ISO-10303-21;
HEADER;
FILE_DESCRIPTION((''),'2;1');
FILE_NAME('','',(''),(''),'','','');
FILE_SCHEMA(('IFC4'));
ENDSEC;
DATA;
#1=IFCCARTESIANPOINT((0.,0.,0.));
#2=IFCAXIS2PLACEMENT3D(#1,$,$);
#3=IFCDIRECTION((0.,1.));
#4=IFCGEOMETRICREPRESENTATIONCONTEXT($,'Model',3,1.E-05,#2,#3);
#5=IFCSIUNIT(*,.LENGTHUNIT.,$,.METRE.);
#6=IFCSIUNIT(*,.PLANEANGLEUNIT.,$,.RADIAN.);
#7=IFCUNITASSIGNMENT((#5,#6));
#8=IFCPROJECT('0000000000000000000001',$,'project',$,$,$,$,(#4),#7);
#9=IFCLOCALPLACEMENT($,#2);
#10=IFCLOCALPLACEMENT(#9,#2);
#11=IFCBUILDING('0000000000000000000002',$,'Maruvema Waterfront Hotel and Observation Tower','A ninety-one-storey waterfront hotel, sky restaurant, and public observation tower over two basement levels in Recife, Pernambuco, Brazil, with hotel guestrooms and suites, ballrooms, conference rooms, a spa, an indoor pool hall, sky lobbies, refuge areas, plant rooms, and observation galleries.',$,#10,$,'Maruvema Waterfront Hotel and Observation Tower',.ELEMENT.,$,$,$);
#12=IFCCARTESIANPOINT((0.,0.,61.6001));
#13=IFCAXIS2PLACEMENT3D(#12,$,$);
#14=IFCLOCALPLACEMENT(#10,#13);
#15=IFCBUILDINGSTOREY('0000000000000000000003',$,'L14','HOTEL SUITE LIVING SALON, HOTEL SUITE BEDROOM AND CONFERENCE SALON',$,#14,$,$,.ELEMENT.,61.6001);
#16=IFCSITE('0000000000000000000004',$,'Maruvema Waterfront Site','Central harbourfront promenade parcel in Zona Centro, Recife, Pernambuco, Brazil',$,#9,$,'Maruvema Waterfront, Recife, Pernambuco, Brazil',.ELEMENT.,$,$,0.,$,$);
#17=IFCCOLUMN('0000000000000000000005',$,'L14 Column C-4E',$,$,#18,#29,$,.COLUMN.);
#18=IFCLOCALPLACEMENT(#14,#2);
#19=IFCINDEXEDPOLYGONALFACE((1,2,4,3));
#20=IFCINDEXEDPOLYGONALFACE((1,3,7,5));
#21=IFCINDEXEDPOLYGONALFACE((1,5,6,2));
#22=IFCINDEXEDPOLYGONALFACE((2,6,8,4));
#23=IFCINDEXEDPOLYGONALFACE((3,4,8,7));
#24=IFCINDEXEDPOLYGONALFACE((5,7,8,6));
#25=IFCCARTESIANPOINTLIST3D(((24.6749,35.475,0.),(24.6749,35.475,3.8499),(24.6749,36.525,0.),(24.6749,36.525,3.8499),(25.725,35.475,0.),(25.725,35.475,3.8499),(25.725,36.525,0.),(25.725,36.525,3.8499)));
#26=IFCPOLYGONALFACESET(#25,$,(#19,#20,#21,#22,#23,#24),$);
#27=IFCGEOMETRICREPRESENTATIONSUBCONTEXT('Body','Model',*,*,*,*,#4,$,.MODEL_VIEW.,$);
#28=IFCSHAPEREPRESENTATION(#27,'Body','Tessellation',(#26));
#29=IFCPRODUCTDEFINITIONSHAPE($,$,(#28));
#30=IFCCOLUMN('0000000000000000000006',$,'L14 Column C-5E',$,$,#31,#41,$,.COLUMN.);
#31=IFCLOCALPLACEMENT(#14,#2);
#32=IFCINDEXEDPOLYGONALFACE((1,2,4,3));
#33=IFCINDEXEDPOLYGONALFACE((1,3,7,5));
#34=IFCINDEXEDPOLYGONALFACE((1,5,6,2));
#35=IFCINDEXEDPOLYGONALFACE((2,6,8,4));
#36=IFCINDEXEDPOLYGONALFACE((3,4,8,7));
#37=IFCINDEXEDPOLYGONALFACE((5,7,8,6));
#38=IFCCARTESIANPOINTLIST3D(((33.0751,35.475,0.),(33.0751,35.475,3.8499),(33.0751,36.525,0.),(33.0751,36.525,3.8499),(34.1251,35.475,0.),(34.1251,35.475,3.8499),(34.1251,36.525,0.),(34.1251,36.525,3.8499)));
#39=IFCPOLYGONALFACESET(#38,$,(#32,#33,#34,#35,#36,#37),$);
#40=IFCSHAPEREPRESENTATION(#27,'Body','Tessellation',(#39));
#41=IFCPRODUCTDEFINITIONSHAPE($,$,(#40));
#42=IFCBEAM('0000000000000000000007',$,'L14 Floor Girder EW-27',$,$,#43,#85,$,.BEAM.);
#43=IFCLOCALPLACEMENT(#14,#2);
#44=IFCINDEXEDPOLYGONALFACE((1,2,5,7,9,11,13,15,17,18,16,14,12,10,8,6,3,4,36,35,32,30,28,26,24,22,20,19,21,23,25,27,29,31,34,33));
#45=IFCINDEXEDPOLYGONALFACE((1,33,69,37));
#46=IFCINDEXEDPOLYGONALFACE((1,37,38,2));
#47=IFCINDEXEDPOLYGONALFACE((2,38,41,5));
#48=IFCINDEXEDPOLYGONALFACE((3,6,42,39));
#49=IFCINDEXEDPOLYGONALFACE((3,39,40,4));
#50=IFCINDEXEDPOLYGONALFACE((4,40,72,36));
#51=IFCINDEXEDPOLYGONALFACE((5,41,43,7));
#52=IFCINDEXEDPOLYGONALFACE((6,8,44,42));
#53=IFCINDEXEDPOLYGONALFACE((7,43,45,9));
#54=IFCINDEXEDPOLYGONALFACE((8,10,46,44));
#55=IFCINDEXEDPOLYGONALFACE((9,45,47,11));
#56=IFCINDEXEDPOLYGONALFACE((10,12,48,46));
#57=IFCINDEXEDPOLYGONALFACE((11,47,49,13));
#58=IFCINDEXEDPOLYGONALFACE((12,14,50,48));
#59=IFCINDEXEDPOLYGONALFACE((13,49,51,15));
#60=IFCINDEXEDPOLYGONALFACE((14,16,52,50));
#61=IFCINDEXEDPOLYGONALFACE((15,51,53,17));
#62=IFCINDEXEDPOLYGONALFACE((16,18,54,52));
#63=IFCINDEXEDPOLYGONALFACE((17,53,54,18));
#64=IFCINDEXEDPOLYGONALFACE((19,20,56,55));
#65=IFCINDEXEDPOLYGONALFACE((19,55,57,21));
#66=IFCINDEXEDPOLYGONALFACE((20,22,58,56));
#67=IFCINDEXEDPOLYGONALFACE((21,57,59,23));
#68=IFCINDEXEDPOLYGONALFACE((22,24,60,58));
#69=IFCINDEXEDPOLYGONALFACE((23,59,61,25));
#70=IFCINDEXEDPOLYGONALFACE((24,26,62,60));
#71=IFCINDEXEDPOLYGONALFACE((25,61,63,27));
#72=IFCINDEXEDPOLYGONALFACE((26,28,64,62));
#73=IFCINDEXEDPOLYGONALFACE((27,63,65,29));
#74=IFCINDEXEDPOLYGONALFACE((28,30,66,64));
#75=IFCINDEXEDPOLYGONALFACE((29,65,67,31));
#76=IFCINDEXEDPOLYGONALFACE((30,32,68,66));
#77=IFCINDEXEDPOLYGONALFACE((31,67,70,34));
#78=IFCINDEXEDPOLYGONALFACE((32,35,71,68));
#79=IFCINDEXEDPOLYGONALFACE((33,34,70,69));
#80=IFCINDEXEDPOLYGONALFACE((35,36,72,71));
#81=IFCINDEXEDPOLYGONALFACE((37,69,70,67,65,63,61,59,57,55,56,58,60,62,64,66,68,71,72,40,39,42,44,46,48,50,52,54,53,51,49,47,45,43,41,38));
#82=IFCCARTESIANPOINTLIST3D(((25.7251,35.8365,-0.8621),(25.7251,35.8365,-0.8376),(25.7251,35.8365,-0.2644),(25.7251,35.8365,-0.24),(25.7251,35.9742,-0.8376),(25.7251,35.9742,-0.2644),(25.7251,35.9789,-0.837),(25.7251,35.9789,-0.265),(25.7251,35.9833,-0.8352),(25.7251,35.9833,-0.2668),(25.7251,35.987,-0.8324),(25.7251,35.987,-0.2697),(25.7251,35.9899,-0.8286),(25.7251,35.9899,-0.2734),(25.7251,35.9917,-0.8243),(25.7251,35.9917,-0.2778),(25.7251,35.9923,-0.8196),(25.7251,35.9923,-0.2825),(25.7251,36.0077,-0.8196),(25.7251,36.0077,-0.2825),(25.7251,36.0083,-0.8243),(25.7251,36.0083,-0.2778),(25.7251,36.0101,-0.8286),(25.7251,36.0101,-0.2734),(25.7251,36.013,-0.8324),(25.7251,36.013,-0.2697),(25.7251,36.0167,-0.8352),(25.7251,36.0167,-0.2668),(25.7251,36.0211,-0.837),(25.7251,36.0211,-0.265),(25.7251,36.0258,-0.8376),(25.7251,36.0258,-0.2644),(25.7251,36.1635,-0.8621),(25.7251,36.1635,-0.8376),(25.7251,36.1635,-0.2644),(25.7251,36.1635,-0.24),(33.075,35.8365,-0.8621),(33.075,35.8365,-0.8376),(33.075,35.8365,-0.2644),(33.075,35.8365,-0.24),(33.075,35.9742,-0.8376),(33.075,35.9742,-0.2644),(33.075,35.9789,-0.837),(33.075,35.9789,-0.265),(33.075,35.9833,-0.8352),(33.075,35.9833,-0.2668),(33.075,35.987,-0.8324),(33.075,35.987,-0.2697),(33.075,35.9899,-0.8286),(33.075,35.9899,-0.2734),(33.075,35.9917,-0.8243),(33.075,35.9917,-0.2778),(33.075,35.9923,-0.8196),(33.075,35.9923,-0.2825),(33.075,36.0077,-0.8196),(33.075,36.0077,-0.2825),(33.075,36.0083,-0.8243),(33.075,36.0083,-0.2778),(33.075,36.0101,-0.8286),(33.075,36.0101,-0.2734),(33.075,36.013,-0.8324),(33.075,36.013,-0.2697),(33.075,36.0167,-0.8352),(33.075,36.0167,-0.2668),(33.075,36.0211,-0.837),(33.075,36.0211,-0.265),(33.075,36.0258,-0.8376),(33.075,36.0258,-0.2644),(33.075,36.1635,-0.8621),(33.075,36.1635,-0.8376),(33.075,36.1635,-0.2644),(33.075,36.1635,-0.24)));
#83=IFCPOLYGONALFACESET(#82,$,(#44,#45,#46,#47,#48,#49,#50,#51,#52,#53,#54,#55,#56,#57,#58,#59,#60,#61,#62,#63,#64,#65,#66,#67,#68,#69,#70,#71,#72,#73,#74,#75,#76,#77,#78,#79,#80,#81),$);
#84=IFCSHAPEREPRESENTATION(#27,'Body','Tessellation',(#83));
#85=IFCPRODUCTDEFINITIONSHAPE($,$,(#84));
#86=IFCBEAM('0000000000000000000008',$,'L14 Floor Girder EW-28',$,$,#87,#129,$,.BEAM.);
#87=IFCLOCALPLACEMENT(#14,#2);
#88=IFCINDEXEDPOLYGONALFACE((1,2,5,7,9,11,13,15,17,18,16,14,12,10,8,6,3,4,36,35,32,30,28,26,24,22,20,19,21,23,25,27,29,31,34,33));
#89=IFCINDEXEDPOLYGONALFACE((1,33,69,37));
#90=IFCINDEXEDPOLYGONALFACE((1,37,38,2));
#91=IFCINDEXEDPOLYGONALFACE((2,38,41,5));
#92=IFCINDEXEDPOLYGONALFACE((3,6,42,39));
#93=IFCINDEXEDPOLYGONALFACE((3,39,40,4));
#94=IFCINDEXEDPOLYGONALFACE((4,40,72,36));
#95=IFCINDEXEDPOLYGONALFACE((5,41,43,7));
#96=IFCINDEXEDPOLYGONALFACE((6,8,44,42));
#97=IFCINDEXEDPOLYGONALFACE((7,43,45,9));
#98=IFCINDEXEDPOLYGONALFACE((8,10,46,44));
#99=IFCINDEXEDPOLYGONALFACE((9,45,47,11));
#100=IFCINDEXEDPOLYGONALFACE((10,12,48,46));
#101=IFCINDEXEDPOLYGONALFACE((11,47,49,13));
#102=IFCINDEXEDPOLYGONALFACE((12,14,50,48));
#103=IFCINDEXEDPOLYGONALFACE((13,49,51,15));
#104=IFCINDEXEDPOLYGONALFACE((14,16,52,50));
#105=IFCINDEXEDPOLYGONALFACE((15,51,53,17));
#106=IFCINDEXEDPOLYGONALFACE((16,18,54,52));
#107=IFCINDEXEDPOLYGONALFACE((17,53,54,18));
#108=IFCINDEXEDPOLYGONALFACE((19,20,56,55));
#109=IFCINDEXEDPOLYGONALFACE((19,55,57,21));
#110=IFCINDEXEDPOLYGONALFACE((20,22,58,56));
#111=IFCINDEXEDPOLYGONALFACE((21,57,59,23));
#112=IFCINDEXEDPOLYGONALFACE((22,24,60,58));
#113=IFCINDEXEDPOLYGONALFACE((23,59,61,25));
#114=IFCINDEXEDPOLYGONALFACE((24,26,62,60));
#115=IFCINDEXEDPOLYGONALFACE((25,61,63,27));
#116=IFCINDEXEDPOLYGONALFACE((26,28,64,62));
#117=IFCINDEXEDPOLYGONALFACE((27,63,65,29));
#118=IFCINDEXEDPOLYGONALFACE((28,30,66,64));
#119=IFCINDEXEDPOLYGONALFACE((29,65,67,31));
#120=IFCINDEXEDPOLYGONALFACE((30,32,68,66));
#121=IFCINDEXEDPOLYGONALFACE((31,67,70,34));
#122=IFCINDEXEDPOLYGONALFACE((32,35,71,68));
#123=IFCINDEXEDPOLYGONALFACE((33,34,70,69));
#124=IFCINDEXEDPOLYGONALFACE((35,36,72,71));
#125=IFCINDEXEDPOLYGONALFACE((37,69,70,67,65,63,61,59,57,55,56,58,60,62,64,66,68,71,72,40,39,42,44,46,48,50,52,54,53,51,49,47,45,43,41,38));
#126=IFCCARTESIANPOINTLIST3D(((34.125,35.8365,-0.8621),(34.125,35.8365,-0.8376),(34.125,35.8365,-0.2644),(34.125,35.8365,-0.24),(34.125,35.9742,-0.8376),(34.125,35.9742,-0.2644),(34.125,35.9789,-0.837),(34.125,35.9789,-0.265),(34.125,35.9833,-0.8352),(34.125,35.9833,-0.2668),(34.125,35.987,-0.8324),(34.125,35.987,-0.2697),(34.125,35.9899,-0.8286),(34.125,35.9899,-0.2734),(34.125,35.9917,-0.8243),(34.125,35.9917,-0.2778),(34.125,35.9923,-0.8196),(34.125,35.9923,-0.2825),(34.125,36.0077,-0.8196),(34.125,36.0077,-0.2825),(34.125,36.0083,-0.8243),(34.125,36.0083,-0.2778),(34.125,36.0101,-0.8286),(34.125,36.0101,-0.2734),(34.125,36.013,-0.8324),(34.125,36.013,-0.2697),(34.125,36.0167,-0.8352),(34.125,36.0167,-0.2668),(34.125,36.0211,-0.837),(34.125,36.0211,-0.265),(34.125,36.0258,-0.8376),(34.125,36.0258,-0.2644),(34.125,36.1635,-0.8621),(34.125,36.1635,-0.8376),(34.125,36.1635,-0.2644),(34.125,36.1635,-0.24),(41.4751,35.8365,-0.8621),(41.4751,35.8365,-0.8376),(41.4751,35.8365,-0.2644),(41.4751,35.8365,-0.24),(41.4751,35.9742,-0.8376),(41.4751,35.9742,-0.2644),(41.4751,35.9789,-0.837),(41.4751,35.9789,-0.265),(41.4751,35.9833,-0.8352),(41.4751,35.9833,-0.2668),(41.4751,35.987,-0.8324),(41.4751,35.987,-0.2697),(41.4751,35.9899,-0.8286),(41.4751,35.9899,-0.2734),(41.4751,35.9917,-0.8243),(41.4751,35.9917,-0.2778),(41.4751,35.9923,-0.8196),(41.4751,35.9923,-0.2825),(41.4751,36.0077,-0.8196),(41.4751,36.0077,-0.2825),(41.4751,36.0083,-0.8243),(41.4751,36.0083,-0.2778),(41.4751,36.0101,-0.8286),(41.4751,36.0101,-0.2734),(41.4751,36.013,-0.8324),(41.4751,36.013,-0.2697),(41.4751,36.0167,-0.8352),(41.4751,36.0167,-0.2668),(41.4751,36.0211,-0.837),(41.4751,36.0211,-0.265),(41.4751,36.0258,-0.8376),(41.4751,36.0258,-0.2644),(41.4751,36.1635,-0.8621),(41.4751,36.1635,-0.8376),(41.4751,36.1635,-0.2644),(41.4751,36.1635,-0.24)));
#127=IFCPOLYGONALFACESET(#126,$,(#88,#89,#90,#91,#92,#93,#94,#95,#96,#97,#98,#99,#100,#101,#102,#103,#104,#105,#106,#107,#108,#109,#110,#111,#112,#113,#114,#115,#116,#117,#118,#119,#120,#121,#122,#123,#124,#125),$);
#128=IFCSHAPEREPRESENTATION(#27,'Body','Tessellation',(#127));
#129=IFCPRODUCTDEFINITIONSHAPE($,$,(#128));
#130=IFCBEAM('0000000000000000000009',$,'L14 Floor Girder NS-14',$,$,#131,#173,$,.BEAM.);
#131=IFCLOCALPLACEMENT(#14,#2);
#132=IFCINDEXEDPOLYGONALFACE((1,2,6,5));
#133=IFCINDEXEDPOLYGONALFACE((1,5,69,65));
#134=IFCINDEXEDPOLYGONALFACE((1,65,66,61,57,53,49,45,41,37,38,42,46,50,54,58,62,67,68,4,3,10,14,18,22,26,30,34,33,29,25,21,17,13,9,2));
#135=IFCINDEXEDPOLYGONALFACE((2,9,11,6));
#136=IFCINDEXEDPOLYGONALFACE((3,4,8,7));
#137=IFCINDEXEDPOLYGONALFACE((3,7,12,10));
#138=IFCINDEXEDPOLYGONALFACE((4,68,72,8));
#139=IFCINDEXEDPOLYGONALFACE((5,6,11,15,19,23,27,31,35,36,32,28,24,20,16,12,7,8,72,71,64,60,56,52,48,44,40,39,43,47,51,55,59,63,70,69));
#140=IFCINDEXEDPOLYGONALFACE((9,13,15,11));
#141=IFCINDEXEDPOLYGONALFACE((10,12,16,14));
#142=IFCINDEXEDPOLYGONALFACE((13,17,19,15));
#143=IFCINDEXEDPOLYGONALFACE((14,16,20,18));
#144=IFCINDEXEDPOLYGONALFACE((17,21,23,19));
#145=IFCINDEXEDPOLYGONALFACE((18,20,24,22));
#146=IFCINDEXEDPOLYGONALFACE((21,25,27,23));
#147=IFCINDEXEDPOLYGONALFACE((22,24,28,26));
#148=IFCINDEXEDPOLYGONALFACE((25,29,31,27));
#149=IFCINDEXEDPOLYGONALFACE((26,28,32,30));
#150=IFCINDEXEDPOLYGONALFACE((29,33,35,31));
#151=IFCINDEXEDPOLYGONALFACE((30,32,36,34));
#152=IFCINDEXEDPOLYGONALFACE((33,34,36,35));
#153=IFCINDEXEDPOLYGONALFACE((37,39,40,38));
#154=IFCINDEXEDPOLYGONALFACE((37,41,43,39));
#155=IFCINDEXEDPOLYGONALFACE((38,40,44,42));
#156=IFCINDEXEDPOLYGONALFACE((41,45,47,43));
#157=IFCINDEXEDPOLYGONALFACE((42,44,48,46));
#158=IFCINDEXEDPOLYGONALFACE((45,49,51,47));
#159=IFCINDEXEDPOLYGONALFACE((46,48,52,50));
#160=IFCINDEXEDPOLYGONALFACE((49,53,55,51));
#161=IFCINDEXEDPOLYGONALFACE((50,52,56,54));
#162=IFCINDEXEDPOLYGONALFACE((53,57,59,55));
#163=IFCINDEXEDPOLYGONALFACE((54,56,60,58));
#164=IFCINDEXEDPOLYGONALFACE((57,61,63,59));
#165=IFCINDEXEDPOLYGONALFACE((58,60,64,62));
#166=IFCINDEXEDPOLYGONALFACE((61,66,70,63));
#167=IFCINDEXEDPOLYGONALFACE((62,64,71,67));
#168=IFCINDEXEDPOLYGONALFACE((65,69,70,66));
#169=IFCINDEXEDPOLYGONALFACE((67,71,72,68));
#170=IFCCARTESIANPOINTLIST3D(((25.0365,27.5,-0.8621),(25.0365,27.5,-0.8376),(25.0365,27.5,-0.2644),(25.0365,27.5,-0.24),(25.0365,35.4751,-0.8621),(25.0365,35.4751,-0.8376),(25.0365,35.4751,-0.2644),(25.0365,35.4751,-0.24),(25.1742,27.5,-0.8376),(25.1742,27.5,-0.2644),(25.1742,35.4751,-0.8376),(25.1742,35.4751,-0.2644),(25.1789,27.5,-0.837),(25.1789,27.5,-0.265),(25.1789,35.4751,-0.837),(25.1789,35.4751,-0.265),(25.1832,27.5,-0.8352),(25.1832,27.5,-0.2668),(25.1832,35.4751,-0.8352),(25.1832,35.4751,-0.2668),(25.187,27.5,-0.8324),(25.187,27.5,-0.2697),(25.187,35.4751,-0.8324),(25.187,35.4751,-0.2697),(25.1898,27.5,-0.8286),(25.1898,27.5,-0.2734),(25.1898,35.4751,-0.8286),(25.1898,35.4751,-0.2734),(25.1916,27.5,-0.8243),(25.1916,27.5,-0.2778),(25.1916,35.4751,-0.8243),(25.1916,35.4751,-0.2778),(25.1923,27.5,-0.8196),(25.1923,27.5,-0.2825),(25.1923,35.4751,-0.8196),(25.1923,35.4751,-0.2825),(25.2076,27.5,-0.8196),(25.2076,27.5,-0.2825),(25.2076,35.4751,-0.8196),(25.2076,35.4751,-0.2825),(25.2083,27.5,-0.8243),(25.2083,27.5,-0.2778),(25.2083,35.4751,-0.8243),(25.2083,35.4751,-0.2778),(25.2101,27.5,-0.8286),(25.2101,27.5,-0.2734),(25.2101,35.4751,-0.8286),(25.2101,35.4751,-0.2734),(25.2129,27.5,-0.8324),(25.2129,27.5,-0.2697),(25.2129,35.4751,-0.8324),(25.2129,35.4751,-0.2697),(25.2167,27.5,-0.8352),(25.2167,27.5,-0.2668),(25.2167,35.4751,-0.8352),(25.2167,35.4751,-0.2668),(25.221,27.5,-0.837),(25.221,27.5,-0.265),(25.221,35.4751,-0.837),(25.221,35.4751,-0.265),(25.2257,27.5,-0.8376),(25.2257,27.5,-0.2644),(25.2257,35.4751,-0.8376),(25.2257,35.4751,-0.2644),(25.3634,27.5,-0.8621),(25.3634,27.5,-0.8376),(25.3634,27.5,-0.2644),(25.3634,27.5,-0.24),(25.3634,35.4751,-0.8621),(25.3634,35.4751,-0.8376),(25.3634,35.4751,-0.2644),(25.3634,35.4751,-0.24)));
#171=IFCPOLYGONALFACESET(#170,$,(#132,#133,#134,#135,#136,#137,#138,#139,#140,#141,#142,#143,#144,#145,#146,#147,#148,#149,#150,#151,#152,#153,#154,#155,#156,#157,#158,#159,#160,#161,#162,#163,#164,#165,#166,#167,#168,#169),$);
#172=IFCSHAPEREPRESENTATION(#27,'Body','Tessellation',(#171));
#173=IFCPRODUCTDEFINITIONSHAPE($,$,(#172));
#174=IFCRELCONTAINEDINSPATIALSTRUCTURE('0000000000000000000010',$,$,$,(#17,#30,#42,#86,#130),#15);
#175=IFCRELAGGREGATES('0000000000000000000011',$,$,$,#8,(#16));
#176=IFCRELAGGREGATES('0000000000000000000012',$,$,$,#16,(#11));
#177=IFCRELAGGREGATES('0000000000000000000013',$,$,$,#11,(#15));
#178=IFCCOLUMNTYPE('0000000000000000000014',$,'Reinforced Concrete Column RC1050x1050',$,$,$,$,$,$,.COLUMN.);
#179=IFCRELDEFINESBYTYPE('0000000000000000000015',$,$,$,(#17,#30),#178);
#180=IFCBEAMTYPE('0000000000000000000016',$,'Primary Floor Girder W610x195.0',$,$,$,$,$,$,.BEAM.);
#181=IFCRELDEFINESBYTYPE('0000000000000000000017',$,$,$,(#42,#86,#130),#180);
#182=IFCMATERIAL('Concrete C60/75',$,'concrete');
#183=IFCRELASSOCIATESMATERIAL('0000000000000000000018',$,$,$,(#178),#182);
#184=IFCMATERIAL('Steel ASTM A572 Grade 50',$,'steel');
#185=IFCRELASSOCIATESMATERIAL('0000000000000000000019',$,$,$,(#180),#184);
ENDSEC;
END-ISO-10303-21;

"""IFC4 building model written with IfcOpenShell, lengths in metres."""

from ifc_helpers import new_model, si_unit, direction, frame, origin, origin_2d, place, context, subcontext, project, spatial, rectangle, i_section, extrude, material, material_profile, profile_set, type_object, element, save


model = new_model("IFC4")

# Units and contexts
model_context = context("Model", 3, precision=1e-05, world=origin(), true_north=direction((0.0, 1.0)))
body_context = subcontext(model_context, "Body", "Model", "MODEL_VIEW")
ifc_project = project(units=[si_unit("LENGTHUNIT", "METRE"), si_unit("PLANEANGLEUNIT", "RADIAN")], contexts=[model_context])

# Site, building, storey
site_placement = place(None, origin())
site = spatial("IfcSite", under=ifc_project, at=site_placement, Name="Maruvema Waterfront Site", Description="Central harbourfront promenade parcel in Zona Centro, Recife, Pernambuco, Brazil", LongName="Maruvema Waterfront, Recife, Pernambuco, Brazil", CompositionType="ELEMENT", RefElevation=0.0)
building_placement = place(site_placement, origin())
building = spatial("IfcBuilding", under=site, at=building_placement, Name="Maruvema Waterfront Hotel and Observation Tower", Description="A ninety-one-storey waterfront hotel, sky restaurant, and public observation tower over two basement levels in Recife, Pernambuco, Brazil, with hotel guestrooms and suites, ballrooms, conference rooms, a spa, an indoor pool hall, sky lobbies, refuge areas, plant rooms, and observation galleries.", LongName="Maruvema Waterfront Hotel and Observation Tower", CompositionType="ELEMENT")
storey_placement = place(building_placement, frame((0.0, 0.0, 61.6001)))
storey = spatial("IfcBuildingStorey", under=building, at=storey_placement, Name="L14", Description="HOTEL SUITE LIVING SALON, HOTEL SUITE BEDROOM AND CONFERENCE SALON", CompositionType="ELEMENT", Elevation=61.6001)

# Columns
ifc_material_1 = material(Name="Concrete C60/75", Category="concrete")
ifc_material_profile_1 = material_profile(ifc_material_1, rectangle(XDim=1.05, YDim=1.05, at=origin_2d()), Name="RC1050x1050")
ifc_profile_set_1 = profile_set([ifc_material_profile_1], Name="Concrete C60/75")
column_type = type_object("IfcColumnType", Name="Reinforced Concrete Column RC1050x1050", PredefinedType="COLUMN", material=ifc_profile_set_1)
for number, where, z_axis, x_axis, name in (
    (1, (25.2, 36.0, 0.0), (0.0, 0.0, 1.0), (1.0, 0.0, 0.0), "L14 Column C-4E"),
    (2, (33.6001, 36.0, 0.0), (0.0, 0.0, 1.0), (1.0, 0.0, 0.0), "L14 Column C-5E"),
):
    element("IfcColumn", number, at=place(storey_placement, frame(where, z_axis=z_axis, x_axis=x_axis)), inside=storey, type_object=column_type, Name=name, PredefinedType="COLUMN", context=body_context, shape_type="SweptSolid", body=[
        extrude(rectangle(XDim=1.05, YDim=1.05, at=origin_2d()), origin(), (0.0, 0.0, 1.0), 3.8499),
    ])

# Beams
ifc_material_2 = material(Name="Steel ASTM A572 Grade 50", Category="steel")
ifc_material_profile_2 = material_profile(ifc_material_2, i_section(OverallWidth=0.3269, OverallDepth=0.6221, WebThickness=0.0154, FlangeThickness=0.0244, FilletRadius=0.0181, at=origin_2d()), Name="W610x195.0")
ifc_profile_set_2 = profile_set([ifc_material_profile_2], Name="Steel ASTM A572 Grade 50")
beam_type_1 = type_object("IfcBeamType", Name="Primary Floor Girder W610x195.0", PredefinedType="BEAM", material=ifc_profile_set_2)
beam_1_placement = place(storey_placement, frame((25.7251, 36.0, -0.551), z_axis=(1.0, 0.0, 0.0), x_axis=(0.0, 1.0, 0.0)))
element("IfcBeam", 3, at=beam_1_placement, inside=storey, type_object=beam_type_1, Name="L14 Floor Girder EW-27", PredefinedType="BEAM", context=body_context, shape_type="SweptSolid", body=[
    extrude(i_section(OverallWidth=0.3269, OverallDepth=0.6221, WebThickness=0.0154, FlangeThickness=0.0244, FilletRadius=0.0181, at=origin_2d()), origin(), (0.0, 0.0, 1.0), 7.3499),
])
beam_2_placement = place(storey_placement, frame((34.125, 36.0, -0.551), z_axis=(1.0, 0.0, 0.0), x_axis=(0.0, 1.0, 0.0)))
element("IfcBeam", 4, at=beam_2_placement, inside=storey, type_object=beam_type_1, Name="L14 Floor Girder EW-28", PredefinedType="BEAM", context=body_context, shape_type="SweptSolid", body=[
    extrude(i_section(OverallWidth=0.3269, OverallDepth=0.6221, WebThickness=0.0154, FlangeThickness=0.0244, FilletRadius=0.0181, at=origin_2d()), origin(), (0.0, 0.0, 1.0), 7.3501),
])
for number, where, z_axis, x_axis, name in (
    (5, (25.2, 27.5, -0.551), (0.0, 1.0, 0.0), (-1.0, 0.0, 0.0), "L14 Floor Girder NS-14"),
):
    element("IfcBeam", number, at=place(storey_placement, frame(where, z_axis=z_axis, x_axis=x_axis)), inside=storey, type_object=beam_type_1, Name=name, PredefinedType="BEAM", context=body_context, shape_type="SweptSolid", body=[
        extrude(i_section(OverallWidth=0.3269, OverallDepth=0.6221, WebThickness=0.0154, FlangeThickness=0.0244, FilletRadius=0.0181, at=origin_2d()), origin(), (0.0, 0.0, 1.0), 7.9751),
    ])

save(model, "model.ifc")
